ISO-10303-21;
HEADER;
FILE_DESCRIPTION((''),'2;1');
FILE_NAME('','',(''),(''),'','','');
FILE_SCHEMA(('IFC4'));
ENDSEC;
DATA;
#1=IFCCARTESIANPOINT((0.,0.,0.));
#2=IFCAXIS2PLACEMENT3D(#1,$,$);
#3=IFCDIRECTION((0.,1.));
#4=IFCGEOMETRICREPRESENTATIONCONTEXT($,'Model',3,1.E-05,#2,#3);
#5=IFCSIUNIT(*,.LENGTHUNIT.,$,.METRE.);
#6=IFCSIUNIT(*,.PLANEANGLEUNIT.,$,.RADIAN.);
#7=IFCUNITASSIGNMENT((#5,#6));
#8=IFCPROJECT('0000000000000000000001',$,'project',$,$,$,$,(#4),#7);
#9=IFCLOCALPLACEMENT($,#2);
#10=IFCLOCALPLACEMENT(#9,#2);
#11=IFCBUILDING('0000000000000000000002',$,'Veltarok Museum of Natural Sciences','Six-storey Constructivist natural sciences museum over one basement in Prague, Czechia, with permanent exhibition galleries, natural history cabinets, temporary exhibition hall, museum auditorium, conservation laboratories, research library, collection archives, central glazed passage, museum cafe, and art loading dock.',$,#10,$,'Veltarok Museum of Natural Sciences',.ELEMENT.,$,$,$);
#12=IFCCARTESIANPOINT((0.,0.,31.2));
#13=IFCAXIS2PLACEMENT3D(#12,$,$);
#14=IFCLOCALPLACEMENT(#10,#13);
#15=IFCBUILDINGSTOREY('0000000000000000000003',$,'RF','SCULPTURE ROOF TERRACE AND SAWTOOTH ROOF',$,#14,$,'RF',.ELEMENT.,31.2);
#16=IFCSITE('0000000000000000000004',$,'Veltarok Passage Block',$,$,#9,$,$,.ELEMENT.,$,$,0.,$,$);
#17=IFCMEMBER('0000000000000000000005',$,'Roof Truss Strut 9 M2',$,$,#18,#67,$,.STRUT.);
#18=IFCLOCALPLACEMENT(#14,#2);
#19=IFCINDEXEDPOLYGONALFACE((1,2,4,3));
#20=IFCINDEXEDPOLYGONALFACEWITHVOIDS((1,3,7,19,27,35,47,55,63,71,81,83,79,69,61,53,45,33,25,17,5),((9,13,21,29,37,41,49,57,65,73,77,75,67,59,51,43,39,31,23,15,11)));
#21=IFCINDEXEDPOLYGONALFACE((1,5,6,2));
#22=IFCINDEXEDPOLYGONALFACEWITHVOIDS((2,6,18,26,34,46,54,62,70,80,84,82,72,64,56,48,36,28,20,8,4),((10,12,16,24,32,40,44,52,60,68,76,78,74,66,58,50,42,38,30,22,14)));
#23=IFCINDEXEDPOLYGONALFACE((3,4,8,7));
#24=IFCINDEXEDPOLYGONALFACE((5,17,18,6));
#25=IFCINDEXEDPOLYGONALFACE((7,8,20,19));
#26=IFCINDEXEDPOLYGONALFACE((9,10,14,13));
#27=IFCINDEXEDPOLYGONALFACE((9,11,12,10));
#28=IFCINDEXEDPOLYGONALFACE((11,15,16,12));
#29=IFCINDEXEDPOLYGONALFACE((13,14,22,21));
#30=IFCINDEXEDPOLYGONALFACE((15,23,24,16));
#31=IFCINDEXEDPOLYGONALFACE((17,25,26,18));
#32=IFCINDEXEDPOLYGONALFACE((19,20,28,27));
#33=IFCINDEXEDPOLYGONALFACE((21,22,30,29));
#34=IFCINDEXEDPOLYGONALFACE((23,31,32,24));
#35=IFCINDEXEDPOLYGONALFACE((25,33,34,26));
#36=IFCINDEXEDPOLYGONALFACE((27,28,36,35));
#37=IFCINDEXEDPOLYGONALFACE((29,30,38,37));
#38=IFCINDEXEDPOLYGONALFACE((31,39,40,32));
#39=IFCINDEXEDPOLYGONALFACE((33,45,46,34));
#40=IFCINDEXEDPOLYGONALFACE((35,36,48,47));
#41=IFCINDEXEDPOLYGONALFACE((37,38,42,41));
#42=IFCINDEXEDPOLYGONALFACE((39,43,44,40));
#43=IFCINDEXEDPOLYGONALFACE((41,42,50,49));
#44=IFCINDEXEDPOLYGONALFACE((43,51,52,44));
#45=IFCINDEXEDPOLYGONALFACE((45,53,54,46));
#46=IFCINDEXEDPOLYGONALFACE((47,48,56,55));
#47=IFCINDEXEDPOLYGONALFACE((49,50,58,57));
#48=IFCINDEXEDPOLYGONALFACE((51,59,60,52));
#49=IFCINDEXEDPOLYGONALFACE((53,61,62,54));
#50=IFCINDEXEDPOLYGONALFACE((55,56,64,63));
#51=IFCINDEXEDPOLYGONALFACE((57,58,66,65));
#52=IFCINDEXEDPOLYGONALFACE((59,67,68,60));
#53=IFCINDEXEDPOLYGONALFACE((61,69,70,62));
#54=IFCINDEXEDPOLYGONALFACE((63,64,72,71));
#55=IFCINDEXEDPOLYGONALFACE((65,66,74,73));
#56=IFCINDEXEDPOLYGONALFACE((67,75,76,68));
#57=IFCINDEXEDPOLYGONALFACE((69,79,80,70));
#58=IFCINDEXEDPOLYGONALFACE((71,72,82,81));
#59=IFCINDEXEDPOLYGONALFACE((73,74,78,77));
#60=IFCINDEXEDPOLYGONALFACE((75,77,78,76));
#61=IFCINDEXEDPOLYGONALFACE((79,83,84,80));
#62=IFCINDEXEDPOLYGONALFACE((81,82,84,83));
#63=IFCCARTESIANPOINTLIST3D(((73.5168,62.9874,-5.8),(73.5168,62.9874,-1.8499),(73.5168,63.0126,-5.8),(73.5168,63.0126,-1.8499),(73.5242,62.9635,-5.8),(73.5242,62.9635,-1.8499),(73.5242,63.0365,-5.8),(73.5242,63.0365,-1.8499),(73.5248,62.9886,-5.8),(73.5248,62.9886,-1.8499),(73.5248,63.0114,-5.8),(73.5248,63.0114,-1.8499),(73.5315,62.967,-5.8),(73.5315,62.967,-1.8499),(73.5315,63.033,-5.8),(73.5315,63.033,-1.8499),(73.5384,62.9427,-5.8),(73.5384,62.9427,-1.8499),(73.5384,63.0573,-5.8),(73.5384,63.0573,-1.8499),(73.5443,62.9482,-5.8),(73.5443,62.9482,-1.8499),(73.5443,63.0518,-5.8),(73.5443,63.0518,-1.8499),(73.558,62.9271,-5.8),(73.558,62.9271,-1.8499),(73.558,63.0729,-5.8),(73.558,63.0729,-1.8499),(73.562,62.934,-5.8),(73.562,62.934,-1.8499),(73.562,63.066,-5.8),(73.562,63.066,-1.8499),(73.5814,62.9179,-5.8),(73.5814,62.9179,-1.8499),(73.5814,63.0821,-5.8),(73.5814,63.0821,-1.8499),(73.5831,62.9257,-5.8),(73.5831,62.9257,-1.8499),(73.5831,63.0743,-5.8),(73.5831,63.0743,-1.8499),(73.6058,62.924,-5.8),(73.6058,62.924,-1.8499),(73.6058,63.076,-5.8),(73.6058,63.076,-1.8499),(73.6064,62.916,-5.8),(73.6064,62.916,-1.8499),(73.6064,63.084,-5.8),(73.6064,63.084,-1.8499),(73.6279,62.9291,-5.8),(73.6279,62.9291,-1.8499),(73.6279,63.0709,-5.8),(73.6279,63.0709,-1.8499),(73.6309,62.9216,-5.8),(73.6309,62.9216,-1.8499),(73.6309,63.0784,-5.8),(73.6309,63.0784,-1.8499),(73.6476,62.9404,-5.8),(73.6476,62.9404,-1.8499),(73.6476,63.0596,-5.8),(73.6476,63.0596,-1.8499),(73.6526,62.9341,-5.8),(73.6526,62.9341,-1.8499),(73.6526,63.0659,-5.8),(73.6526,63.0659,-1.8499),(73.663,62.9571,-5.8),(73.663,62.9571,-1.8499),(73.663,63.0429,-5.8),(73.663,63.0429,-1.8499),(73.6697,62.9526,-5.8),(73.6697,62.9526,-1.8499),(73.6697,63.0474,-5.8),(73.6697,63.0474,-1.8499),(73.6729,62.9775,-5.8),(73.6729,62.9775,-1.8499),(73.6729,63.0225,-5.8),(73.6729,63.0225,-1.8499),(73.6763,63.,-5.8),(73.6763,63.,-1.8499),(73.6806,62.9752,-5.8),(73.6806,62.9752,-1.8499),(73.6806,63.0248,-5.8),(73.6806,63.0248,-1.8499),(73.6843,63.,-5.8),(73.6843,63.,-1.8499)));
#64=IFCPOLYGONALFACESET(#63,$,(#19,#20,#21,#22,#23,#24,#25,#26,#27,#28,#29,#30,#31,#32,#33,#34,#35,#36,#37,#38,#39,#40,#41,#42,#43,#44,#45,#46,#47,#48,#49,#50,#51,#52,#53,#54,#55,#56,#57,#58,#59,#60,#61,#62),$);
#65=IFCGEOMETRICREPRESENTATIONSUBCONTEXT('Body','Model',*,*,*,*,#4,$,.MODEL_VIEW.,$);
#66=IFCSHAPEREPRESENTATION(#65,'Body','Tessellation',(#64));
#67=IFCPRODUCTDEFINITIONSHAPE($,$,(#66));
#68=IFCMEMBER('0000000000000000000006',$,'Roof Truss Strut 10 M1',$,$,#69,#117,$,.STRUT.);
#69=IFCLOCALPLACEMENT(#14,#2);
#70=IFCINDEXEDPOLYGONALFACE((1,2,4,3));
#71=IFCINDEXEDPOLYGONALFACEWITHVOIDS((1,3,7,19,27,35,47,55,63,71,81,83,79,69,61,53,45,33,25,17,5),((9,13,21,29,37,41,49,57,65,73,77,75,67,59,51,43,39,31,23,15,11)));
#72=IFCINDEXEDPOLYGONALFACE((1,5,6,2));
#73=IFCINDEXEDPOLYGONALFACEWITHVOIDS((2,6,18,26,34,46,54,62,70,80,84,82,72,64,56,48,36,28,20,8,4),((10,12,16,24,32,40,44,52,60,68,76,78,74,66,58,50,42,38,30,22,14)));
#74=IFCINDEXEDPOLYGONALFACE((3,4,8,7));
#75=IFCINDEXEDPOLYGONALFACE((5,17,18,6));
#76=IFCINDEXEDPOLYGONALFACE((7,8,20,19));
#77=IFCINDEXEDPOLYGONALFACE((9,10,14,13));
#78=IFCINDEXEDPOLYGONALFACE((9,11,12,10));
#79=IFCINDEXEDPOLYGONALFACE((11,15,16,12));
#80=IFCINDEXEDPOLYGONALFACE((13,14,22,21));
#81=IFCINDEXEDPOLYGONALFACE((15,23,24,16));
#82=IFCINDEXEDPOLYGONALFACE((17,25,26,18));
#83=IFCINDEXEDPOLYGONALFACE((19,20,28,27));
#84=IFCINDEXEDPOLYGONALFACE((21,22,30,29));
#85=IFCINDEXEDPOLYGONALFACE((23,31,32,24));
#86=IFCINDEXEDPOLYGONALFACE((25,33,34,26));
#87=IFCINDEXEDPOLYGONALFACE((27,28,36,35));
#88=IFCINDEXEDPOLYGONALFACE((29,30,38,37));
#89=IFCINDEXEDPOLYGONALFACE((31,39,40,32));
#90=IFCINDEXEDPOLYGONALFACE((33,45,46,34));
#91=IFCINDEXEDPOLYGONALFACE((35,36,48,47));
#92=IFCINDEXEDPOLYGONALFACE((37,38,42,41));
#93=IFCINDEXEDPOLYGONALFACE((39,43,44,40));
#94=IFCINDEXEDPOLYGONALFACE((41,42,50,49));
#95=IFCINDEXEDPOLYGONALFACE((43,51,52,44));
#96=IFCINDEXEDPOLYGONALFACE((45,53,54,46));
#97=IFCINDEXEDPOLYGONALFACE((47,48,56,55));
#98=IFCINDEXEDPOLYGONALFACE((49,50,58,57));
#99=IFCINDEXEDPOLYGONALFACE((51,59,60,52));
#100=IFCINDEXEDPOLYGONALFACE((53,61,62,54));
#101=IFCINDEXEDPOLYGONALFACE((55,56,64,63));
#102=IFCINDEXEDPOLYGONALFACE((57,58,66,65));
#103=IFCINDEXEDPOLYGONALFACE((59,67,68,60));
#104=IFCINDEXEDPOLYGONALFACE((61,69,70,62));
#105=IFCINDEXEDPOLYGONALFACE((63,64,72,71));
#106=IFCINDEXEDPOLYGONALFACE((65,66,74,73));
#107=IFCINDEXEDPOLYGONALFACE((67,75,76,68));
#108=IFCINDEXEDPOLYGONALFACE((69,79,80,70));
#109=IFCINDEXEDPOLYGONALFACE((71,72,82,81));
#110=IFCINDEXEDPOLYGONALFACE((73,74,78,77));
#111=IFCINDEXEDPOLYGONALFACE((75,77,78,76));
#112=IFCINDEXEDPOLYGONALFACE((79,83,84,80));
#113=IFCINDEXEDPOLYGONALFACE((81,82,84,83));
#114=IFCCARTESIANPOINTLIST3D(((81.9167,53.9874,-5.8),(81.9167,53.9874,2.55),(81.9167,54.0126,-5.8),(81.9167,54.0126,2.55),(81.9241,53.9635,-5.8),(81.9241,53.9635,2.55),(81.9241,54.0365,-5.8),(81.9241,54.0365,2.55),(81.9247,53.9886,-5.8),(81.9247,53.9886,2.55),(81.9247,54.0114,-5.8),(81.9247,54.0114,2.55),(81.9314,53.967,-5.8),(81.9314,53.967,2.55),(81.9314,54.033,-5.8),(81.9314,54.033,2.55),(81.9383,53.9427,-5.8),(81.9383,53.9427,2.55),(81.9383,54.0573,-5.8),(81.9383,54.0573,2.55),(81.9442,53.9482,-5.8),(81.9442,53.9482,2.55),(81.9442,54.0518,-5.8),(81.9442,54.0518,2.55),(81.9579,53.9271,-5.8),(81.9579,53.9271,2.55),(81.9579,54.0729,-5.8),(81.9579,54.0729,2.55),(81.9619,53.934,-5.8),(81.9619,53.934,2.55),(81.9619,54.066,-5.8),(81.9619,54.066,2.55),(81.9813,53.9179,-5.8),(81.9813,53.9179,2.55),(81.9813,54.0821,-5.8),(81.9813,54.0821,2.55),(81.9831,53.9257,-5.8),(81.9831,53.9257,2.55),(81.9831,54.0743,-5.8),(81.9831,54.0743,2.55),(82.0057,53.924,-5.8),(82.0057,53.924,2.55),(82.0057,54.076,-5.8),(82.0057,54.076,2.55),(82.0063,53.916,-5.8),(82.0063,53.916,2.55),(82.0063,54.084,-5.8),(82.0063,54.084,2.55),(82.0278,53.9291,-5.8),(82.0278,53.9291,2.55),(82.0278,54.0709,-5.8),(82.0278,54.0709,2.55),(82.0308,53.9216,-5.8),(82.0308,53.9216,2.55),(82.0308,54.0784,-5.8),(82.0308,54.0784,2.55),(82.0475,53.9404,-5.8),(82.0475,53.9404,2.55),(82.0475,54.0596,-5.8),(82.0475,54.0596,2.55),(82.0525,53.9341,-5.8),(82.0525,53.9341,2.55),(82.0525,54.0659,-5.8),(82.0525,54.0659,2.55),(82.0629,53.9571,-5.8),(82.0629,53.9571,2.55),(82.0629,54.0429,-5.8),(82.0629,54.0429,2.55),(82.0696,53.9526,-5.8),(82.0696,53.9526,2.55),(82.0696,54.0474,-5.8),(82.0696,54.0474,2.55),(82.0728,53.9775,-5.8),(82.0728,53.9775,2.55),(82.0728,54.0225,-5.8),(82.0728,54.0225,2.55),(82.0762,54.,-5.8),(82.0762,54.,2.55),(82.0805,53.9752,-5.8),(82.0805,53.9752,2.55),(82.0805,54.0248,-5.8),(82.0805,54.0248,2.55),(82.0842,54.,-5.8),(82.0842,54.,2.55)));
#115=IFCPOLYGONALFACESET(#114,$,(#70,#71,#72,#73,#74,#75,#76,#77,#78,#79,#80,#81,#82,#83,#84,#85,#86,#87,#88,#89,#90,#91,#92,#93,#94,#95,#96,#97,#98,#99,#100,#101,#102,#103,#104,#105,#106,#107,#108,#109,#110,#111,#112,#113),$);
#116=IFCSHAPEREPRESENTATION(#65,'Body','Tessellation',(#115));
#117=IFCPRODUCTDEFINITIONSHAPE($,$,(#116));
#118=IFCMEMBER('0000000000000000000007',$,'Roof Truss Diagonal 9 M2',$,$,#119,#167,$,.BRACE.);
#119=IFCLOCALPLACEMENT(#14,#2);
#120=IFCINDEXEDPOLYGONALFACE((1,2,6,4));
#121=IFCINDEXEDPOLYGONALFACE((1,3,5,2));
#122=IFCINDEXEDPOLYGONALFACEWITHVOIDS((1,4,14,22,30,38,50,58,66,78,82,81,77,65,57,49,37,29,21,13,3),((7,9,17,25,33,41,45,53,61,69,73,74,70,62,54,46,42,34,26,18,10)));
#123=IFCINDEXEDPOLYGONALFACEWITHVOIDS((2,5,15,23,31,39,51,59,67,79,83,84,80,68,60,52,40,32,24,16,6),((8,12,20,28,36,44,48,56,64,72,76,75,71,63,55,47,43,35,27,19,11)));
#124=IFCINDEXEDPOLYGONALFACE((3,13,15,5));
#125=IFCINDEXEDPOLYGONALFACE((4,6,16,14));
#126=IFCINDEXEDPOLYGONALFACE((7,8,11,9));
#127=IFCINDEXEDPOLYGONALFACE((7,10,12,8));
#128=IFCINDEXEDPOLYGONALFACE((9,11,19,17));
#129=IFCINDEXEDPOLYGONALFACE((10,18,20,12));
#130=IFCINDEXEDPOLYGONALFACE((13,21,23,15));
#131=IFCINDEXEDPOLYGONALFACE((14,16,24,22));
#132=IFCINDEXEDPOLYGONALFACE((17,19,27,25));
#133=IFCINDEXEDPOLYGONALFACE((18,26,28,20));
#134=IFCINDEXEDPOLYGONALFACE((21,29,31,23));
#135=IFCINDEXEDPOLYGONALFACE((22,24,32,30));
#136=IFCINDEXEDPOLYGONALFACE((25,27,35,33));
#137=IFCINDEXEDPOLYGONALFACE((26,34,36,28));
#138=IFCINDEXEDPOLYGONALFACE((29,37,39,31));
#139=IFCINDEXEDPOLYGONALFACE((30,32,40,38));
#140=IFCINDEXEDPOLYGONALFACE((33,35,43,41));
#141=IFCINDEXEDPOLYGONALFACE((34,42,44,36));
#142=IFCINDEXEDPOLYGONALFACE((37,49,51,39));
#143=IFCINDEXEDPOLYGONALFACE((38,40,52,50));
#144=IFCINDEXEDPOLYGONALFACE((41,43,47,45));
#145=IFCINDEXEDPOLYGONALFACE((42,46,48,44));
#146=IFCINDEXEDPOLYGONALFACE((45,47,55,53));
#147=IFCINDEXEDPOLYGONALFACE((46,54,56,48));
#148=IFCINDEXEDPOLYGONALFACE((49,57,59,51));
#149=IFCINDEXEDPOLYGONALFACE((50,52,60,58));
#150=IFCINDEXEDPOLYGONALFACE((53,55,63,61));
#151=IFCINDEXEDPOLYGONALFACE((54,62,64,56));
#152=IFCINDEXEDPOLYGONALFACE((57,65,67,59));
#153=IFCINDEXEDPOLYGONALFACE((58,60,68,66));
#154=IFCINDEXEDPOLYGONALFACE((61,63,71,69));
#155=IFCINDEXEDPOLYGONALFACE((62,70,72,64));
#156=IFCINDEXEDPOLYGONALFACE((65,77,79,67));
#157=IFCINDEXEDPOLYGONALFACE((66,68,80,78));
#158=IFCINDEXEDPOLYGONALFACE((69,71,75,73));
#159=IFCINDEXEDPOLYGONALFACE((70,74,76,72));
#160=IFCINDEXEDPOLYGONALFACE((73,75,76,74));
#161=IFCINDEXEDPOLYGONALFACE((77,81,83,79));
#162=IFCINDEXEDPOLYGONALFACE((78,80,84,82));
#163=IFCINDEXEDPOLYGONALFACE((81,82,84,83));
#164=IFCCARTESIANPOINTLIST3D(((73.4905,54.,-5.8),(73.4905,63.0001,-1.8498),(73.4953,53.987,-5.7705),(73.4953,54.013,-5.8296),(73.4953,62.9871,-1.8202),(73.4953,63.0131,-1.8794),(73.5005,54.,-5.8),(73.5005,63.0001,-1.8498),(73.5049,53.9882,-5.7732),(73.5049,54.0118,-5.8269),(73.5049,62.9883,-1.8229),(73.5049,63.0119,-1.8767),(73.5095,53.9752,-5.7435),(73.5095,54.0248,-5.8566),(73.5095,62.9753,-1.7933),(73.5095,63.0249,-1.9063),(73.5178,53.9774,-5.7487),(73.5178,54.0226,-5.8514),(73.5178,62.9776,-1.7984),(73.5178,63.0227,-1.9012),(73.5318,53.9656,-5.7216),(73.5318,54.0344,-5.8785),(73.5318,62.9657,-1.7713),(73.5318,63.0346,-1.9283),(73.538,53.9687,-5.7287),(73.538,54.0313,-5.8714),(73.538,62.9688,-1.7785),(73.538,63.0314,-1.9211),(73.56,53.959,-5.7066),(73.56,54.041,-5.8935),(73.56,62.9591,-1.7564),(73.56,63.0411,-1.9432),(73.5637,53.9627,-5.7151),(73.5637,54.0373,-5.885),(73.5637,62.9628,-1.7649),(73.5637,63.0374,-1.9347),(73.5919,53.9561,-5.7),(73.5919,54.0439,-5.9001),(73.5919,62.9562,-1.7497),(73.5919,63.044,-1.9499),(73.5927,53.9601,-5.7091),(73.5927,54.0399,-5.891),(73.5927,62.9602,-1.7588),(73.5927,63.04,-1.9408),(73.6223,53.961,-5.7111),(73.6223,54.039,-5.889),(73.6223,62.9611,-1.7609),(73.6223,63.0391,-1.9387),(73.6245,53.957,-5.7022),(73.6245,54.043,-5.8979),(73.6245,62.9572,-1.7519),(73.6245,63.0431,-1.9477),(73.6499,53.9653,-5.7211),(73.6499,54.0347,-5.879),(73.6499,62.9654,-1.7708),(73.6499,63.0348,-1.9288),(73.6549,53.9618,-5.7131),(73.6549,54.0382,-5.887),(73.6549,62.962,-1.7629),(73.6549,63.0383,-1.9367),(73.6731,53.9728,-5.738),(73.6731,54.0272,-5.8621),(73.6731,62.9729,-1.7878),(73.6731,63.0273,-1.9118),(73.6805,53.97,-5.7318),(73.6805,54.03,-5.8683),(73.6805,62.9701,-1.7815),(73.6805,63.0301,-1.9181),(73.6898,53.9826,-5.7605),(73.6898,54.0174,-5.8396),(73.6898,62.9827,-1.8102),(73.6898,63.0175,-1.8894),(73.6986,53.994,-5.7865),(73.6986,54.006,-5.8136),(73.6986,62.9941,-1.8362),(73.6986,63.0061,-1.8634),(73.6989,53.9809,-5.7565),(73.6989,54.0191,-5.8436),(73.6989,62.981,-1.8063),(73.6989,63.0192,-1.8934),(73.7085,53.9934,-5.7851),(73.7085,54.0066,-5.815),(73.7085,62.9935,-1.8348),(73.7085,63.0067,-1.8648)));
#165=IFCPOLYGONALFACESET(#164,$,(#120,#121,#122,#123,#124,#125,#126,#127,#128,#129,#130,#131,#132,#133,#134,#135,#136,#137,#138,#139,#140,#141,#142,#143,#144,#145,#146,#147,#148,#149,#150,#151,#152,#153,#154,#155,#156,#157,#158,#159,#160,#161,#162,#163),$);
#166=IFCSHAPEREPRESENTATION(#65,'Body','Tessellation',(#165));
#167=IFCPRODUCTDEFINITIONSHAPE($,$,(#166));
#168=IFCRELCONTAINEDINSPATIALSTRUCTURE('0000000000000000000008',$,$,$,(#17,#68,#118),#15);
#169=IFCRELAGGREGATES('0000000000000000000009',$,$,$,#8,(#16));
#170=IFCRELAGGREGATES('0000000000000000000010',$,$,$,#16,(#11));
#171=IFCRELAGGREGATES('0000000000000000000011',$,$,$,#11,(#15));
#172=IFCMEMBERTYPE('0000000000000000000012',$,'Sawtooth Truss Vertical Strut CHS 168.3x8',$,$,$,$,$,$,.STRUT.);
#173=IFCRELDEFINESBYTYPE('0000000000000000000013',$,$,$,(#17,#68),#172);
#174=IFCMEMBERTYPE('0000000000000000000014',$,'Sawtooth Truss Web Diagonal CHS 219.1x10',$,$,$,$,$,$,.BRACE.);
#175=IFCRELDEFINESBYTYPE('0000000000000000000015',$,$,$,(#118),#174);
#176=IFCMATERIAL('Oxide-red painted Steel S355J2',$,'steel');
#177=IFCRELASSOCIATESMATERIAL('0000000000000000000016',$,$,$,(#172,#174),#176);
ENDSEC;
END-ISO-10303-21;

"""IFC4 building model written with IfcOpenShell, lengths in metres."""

from ifc_helpers import new_model, si_unit, direction, frame, origin, origin_2d, place, context, subcontext, project, spatial, hollow_circle, extrude, material, material_profile, profile_set, type_object, element, save


model = new_model("IFC4")

# Units and contexts
model_context = context("Model", 3, precision=1e-05, world=origin(), true_north=direction((0.0, 1.0)))
body_context = subcontext(model_context, "Body", "Model", "MODEL_VIEW")
ifc_project = project(units=[si_unit("LENGTHUNIT", "METRE"), si_unit("PLANEANGLEUNIT", "RADIAN")], contexts=[model_context])

# Site, building, storey
site_placement = place(None, origin())
site = spatial("IfcSite", under=ifc_project, at=site_placement, Name="Veltarok Passage Block", CompositionType="ELEMENT", RefElevation=0.0)
building_placement = place(site_placement, origin())
building = spatial("IfcBuilding", under=site, at=building_placement, Name="Veltarok Museum of Natural Sciences", Description="Six-storey Constructivist natural sciences museum over one basement in Prague, Czechia, with permanent exhibition galleries, natural history cabinets, temporary exhibition hall, museum auditorium, conservation laboratories, research library, collection archives, central glazed passage, museum cafe, and art loading dock.", LongName="Veltarok Museum of Natural Sciences", CompositionType="ELEMENT")
storey_placement = place(building_placement, frame((0.0, 0.0, 31.2)))
storey = spatial("IfcBuildingStorey", under=building, at=storey_placement, Name="RF", Description="SCULPTURE ROOF TERRACE AND SAWTOOTH ROOF", LongName="RF", CompositionType="ELEMENT", Elevation=31.2)

# Members
ifc_material_1 = material(Name="Oxide-red painted Steel S355J2", Category="steel")
ifc_material_profile_1 = material_profile(ifc_material_1, hollow_circle(Radius=0.0842, WallThickness=0.0081, at=origin_2d()), Name="CHS 168.3x8")
ifc_profile_set_1 = profile_set([ifc_material_profile_1], Name="Oxide-red painted Steel S355J2")
member_type_1 = type_object("IfcMemberType", Name="Sawtooth Truss Vertical Strut CHS 168.3x8", PredefinedType="STRUT", material=ifc_profile_set_1)
member_1_placement = place(storey_placement, frame((73.6001, 63.0, -5.8), z_axis=(0.0, 0.0, 1.0), x_axis=(1.0, 0.0, 0.0)))
element("IfcMember", 1, at=member_1_placement, inside=storey, type_object=member_type_1, Name="Roof Truss Strut 9 M2", PredefinedType="STRUT", context=body_context, shape_type="SweptSolid", body=[
    extrude(hollow_circle(Radius=0.0842, WallThickness=0.0081, at=origin_2d()), origin(), (0.0, 0.0, 1.0), 3.9502),
])
member_2_placement = place(storey_placement, frame((82.0, 54.0, -5.8), z_axis=(0.0, 0.0, 1.0), x_axis=(1.0, 0.0, 0.0)))
element("IfcMember", 2, at=member_2_placement, inside=storey, type_object=member_type_1, Name="Roof Truss Strut 10 M1", PredefinedType="STRUT", context=body_context, shape_type="SweptSolid", body=[
    extrude(hollow_circle(Radius=0.0842, WallThickness=0.0081, at=origin_2d()), origin(), (0.0, 0.0, 1.0), 8.3501),
])
ifc_material_profile_2 = material_profile(ifc_material_1, hollow_circle(Radius=0.1096, WallThickness=0.01, at=origin_2d()), Name="CHS 219.1x10")
ifc_profile_set_2 = profile_set([ifc_material_profile_2], Name="Oxide-red painted Steel S355J2")
member_type_2 = type_object("IfcMemberType", Name="Sawtooth Truss Web Diagonal CHS 219.1x10", PredefinedType="BRACE", material=ifc_profile_set_2)
member_3_placement = place(storey_placement, frame((73.6001, 54.0, -5.8), z_axis=(0.0, 0.915682, 0.401903), x_axis=(-1.0, 0.0, 0.0)))
element("IfcMember", 3, at=member_3_placement, inside=storey, type_object=member_type_2, Name="Roof Truss Diagonal 9 M2", PredefinedType="BRACE", context=body_context, shape_type="SweptSolid", body=[
    extrude(hollow_circle(Radius=0.1096, WallThickness=0.01, at=origin_2d()), origin(), (0.0, 0.0, 1.0), 9.8289),
])

save(model, "model.ifc")
